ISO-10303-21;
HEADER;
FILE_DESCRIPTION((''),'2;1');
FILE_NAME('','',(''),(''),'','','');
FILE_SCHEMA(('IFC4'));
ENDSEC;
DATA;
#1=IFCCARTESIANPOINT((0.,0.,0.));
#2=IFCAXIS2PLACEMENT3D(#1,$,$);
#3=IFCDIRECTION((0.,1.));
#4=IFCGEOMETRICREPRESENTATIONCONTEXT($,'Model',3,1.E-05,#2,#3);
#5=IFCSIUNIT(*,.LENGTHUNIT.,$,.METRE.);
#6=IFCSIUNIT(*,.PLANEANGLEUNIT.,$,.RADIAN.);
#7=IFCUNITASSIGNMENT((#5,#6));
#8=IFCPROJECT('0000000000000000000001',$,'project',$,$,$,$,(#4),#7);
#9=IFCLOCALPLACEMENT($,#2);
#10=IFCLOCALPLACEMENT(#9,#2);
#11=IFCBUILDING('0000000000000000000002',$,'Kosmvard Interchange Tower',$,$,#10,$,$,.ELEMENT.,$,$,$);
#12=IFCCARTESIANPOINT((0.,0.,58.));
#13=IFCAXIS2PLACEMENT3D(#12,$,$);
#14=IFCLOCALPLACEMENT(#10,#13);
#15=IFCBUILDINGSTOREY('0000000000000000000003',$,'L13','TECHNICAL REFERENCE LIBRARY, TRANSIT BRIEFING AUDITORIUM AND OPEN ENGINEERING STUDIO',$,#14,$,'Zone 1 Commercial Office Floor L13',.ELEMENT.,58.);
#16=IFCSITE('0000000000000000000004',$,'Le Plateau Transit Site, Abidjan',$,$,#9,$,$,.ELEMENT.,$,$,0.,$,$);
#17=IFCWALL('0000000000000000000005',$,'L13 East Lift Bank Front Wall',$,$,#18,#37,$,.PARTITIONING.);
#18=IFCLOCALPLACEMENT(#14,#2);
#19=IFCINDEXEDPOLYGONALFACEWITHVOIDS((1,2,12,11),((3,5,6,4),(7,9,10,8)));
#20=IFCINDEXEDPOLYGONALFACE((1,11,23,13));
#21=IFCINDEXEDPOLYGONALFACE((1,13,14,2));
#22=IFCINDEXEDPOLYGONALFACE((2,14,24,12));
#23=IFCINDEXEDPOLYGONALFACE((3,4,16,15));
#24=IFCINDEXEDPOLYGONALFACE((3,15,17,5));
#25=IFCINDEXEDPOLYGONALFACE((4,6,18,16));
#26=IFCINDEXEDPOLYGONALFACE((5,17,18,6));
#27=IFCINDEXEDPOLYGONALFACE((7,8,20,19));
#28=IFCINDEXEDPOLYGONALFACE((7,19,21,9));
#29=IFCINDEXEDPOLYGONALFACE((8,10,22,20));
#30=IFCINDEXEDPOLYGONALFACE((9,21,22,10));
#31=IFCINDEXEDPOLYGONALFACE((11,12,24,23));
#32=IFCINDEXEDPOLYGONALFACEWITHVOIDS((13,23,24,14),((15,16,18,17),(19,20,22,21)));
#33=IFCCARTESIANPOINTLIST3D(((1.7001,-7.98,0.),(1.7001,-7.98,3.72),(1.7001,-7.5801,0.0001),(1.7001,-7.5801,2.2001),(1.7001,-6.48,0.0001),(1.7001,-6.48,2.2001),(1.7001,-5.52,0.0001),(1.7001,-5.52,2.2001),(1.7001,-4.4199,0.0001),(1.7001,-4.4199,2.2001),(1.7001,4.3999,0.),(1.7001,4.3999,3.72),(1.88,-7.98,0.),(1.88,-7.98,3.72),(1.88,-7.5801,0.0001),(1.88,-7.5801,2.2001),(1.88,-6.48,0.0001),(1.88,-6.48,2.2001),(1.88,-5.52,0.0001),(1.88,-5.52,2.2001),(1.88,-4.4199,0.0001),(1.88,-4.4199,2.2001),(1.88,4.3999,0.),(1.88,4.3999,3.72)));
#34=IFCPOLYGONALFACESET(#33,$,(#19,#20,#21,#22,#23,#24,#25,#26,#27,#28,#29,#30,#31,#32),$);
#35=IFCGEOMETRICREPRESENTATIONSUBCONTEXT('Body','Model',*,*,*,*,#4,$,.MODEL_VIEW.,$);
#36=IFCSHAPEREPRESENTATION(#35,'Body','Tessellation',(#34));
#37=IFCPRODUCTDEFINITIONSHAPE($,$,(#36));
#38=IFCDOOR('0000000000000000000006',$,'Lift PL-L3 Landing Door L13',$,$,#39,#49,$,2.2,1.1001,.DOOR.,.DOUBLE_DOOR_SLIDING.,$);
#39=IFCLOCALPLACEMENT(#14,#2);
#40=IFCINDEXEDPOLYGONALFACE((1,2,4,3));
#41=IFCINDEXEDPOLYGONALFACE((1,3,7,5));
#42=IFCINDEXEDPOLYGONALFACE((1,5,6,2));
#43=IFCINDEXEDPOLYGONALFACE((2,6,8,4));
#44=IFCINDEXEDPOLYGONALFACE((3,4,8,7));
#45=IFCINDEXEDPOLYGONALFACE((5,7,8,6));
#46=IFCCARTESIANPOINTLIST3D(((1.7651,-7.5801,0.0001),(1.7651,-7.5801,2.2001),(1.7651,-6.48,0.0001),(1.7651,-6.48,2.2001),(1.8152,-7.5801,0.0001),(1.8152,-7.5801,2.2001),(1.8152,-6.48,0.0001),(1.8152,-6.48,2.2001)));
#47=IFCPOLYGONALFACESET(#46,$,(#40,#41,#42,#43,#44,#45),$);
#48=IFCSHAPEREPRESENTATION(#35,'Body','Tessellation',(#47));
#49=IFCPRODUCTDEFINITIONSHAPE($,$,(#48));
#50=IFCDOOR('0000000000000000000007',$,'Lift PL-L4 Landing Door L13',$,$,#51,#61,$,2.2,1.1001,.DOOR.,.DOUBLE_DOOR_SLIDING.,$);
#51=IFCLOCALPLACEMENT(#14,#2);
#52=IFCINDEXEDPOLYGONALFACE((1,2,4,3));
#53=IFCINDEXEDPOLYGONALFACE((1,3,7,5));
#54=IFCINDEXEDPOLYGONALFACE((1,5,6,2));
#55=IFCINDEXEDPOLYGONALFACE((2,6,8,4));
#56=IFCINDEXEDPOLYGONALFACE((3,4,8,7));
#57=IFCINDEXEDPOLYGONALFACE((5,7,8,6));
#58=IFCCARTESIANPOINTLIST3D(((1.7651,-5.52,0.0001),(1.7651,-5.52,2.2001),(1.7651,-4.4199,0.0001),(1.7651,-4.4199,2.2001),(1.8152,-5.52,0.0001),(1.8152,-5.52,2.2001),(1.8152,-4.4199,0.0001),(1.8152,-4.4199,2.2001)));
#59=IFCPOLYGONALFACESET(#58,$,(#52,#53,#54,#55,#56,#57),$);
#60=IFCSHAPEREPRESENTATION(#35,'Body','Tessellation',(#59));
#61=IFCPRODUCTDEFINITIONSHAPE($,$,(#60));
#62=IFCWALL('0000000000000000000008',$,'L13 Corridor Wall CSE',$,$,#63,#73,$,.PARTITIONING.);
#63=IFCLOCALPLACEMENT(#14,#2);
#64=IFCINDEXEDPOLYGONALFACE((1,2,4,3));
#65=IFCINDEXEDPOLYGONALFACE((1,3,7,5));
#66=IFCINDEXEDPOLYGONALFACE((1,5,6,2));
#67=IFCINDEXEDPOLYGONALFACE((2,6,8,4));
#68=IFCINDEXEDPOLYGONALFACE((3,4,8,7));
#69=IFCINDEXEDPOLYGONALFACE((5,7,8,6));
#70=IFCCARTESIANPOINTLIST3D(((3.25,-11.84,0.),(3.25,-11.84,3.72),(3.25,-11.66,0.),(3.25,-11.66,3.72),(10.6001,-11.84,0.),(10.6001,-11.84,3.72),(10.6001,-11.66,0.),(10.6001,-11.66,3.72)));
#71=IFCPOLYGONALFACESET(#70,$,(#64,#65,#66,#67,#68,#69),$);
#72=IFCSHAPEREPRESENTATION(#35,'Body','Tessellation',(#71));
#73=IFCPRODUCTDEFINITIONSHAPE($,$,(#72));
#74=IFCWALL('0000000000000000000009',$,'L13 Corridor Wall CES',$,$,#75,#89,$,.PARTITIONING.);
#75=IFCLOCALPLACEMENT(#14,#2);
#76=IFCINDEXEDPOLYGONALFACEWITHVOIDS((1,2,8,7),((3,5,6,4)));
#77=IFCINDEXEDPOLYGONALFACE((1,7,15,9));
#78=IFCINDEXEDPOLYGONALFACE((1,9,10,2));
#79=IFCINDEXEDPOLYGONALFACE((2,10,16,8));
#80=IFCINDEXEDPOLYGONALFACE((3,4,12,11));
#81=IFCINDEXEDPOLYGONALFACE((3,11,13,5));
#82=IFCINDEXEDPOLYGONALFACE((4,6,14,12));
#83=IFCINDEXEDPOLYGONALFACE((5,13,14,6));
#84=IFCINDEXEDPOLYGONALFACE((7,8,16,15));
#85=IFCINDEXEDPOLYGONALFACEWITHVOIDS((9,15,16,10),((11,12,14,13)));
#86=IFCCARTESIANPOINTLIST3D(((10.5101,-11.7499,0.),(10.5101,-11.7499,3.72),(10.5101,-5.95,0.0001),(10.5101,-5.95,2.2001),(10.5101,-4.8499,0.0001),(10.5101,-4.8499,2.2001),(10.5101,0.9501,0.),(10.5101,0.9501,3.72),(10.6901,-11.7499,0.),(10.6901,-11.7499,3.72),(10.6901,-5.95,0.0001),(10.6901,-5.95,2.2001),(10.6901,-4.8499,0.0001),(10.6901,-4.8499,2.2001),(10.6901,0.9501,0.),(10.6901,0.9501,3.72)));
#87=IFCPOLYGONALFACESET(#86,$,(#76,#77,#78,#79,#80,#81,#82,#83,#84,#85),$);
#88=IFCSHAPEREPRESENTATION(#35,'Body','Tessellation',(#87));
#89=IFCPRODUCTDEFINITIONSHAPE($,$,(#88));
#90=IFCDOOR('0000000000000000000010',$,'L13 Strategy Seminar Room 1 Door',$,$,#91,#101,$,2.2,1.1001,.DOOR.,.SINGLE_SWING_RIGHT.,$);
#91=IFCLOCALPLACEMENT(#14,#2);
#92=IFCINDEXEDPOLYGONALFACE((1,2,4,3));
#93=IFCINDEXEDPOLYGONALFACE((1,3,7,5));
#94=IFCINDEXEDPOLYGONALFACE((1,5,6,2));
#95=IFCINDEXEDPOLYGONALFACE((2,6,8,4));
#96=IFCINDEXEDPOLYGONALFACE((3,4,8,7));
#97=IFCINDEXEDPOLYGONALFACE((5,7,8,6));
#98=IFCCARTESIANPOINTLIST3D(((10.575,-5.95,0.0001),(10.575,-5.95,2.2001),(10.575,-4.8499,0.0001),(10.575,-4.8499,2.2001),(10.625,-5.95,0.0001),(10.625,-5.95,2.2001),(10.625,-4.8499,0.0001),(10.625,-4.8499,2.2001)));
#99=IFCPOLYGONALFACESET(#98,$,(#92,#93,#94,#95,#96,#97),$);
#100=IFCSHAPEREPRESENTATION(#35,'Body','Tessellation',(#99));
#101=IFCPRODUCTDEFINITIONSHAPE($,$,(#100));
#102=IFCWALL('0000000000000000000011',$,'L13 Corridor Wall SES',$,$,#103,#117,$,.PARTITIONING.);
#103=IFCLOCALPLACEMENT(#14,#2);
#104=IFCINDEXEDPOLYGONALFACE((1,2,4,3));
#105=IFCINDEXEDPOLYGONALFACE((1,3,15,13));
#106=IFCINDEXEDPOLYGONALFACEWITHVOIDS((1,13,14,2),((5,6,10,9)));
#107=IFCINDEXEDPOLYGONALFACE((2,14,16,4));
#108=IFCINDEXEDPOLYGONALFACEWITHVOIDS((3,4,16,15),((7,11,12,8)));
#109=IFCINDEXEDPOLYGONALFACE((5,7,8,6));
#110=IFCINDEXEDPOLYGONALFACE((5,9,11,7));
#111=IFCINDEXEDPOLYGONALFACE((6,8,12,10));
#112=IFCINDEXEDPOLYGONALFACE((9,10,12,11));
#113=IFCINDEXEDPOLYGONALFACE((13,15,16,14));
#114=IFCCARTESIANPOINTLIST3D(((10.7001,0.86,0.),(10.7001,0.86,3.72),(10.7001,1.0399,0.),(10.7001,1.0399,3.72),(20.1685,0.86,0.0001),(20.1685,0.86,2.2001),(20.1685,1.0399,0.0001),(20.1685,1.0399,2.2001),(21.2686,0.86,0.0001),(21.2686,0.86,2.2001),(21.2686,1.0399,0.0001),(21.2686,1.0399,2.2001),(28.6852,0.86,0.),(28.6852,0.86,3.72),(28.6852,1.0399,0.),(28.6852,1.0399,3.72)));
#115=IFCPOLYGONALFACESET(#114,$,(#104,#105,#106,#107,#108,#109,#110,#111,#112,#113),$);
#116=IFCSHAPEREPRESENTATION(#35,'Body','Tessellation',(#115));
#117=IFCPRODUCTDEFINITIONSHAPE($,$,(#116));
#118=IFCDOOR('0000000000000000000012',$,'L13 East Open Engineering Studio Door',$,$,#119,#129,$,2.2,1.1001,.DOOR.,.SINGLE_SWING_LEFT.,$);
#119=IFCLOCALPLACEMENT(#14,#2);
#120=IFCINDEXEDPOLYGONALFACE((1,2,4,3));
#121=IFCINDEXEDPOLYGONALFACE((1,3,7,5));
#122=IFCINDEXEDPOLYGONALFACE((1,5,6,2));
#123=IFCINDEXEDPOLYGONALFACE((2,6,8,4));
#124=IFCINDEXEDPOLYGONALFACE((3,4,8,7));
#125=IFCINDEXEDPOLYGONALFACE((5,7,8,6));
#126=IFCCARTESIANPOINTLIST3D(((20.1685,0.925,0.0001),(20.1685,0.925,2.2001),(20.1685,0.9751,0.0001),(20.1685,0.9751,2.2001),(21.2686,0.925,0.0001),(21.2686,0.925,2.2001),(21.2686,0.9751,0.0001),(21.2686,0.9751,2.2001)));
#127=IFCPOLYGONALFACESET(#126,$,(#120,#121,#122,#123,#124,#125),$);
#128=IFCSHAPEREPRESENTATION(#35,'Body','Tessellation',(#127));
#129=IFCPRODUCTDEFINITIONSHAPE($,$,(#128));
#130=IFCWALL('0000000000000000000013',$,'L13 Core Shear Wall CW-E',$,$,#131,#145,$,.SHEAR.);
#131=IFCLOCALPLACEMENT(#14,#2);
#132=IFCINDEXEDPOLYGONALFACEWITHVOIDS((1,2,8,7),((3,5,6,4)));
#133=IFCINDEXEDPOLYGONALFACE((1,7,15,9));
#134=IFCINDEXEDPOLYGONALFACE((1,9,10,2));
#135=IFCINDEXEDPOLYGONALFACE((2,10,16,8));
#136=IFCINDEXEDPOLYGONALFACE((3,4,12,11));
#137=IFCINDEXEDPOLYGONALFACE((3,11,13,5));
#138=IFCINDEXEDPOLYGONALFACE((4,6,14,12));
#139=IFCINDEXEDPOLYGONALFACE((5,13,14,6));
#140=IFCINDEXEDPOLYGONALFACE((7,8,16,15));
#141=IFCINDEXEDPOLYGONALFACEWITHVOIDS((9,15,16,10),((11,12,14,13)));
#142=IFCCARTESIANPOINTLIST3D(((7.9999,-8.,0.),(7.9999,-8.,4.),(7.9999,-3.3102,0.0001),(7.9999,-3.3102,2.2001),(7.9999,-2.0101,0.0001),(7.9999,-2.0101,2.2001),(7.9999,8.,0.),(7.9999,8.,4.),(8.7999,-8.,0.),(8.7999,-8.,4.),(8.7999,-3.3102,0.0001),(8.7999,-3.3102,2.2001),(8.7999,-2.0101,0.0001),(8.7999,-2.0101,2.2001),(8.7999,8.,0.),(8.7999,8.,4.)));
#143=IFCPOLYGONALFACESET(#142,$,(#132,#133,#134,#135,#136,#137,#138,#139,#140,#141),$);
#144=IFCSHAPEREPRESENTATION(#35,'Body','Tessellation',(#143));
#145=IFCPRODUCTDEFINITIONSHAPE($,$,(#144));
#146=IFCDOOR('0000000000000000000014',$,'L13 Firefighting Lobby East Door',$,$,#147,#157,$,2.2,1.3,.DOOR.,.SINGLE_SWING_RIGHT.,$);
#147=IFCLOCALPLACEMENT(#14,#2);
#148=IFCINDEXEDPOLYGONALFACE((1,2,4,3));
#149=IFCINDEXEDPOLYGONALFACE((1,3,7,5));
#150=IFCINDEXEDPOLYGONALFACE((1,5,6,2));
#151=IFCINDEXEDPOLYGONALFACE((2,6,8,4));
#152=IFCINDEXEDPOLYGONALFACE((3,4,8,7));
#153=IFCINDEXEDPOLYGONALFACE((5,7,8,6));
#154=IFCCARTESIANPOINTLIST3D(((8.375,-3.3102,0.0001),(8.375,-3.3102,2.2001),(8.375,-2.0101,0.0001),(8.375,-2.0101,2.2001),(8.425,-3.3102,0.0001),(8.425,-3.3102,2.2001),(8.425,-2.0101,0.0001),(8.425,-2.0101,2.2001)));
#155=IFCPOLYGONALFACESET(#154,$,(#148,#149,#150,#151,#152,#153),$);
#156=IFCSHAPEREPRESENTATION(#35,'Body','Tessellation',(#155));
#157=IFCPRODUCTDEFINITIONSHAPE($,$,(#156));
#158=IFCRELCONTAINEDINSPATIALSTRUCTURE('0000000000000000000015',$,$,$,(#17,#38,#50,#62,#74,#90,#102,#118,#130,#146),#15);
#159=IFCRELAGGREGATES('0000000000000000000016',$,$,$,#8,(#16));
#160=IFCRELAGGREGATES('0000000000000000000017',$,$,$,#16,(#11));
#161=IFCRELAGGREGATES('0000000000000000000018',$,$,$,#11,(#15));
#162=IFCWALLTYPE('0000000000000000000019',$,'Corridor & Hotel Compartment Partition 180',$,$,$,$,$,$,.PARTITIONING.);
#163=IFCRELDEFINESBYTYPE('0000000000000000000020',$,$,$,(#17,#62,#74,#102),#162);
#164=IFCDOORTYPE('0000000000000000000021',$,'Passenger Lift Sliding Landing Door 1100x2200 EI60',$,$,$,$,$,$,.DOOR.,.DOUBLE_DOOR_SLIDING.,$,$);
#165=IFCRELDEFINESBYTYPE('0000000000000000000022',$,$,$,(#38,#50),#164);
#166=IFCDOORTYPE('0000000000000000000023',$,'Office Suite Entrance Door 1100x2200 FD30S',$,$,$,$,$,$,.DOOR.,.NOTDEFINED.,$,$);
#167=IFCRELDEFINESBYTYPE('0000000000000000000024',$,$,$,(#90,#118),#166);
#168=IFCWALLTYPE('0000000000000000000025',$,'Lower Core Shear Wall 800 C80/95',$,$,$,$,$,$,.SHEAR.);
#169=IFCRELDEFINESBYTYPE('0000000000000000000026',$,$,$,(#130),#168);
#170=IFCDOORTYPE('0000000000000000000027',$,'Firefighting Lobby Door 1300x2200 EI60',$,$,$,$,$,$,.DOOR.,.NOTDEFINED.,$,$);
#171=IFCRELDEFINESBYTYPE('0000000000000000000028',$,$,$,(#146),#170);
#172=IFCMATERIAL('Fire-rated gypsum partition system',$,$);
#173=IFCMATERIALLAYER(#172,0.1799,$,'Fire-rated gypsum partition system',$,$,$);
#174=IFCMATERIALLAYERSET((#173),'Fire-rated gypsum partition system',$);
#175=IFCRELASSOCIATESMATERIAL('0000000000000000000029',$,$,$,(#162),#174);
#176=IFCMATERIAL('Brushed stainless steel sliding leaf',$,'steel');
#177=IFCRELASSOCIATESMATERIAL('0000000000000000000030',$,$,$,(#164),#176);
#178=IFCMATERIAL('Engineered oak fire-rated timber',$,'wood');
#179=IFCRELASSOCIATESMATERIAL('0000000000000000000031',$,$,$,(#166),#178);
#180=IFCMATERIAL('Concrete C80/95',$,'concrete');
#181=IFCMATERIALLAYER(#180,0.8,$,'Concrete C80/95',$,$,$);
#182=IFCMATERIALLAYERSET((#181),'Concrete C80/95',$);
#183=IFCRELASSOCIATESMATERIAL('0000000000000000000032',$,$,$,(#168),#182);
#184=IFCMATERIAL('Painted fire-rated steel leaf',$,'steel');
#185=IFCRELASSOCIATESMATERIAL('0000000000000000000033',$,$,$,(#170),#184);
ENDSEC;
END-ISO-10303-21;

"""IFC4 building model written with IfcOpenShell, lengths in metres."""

from ifc_helpers import new_model, si_unit, direction, frame, frame_2d, origin, place, context, subcontext, project, spatial, rectangle, extrude, source, transform, mapped, material, layer, layer_set, type_object, element, fill, save


model = new_model("IFC4")

# Units and contexts
model_context = context("Model", 3, precision=1e-05, world=origin(), true_north=direction((0.0, 1.0)))
body_context = subcontext(model_context, "Body", "Model", "MODEL_VIEW")
ifc_project = project(units=[si_unit("LENGTHUNIT", "METRE"), si_unit("PLANEANGLEUNIT", "RADIAN")], contexts=[model_context])

# Site, building, storey
site_placement = place(None, origin())
site = spatial("IfcSite", under=ifc_project, at=site_placement, Name="Le Plateau Transit Site, Abidjan", CompositionType="ELEMENT", RefElevation=0.0)
building_placement = place(site_placement, origin())
building = spatial("IfcBuilding", under=site, at=building_placement, Name="Kosmvard Interchange Tower", CompositionType="ELEMENT")
storey_placement = place(building_placement, frame((0.0, 0.0, 58.0)))
storey = spatial("IfcBuildingStorey", under=building, at=storey_placement, Name="L13", Description="TECHNICAL REFERENCE LIBRARY, TRANSIT BRIEFING AUDITORIUM AND OPEN ENGINEERING STUDIO", LongName="Zone 1 Commercial Office Floor L13", CompositionType="ELEMENT", Elevation=58.0)

# Shared definitions
ifc_material_1 = material(Name="Concrete C80/95", Category="concrete")

# Wall, openings, doors
ifc_material_2 = material(Name="Fire-rated gypsum partition system")
ifc_layer_1 = layer(ifc_material_2, 0.1799, Name="Fire-rated gypsum partition system")
ifc_layer_set_1 = layer_set([ifc_layer_1], Name="Fire-rated gypsum partition system")
wall_type_1 = type_object("IfcWallType", Name="Corridor & Hotel Compartment Partition 180", PredefinedType="PARTITIONING", material=ifc_layer_set_1)
wall_1_placement = place(storey_placement, frame((1.79, -7.98, 0.0), z_axis=(0.0, 0.0, 1.0), x_axis=(0.0, 1.0, 0.0)))
wall_1 = element("IfcWall", 1, at=wall_1_placement, inside=storey, type_object=wall_type_1, Name="L13 East Lift Bank Front Wall", PredefinedType="PARTITIONING", context=body_context, shape_type="SweptSolid", body=[
    extrude(rectangle(XDim=12.3799, YDim=0.1799, at=frame_2d((6.1899, 0.0))), origin(), (0.0, 0.0, 1.0), 3.72),
])
opening_1_placement = place(wall_1_placement, frame((0.3999, 0.0, 0.0)))
opening_1 = element("IfcOpeningElement", 2, at=opening_1_placement, cuts=wall_1, PredefinedType="OPENING", context=body_context, shape_type="SweptSolid", body=[
    extrude(rectangle(XDim=1.1001, YDim=2.2, at=frame_2d((0.55, 1.1001))), frame((0.0, 0.1001, 0.0), z_axis=(0.0, -1.0, 0.0), x_axis=(1.0, 0.0, 0.0)), (0.0, 0.0, 1.0), 0.2),
])
opening_2_placement = place(wall_1_placement, frame((2.46, 0.0, 0.0)))
opening_2 = element("IfcOpeningElement", 3, at=opening_2_placement, cuts=wall_1, PredefinedType="OPENING", context=body_context, shape_type="SweptSolid", body=[
    extrude(rectangle(XDim=1.1001, YDim=2.2, at=frame_2d((0.55, 1.1001))), frame((0.0, 0.1001, 0.0), z_axis=(0.0, -1.0, 0.0), x_axis=(1.0, 0.0, 0.0)), (0.0, 0.0, 1.0), 0.2),
])
ifc_material_3 = material(Name="Brushed stainless steel sliding leaf", Category="steel")
door_type_1 = type_object("IfcDoorType", Name="Passenger Lift Sliding Landing Door 1100x2200 EI60", OperationType="DOUBLE_DOOR_SLIDING", PredefinedType="DOOR", material=ifc_material_3)
shared_shape_1 = source(origin(), body_context, "Body", "SweptSolid", [
    extrude(rectangle(XDim=1.1001, YDim=2.2, at=frame_2d((0.55, 1.1001))), frame((0.0, 0.0249, 0.0), z_axis=(0.0, -1.0, 0.0), x_axis=(1.0, 0.0, 0.0)), (0.0, 0.0, 1.0), 0.05),
])
door_1_placement = place(opening_1_placement, origin())
door_1 = element("IfcDoor", 4, at=door_1_placement, inside=storey, type_object=door_type_1, Name="Lift PL-L3 Landing Door L13", OperationType="DOUBLE_DOOR_SLIDING", OverallHeight=2.2, OverallWidth=1.1001, PredefinedType="DOOR", context=body_context, shape_type="MappedRepresentation", body=[
    mapped(shared_shape_1, transform((0.0, 0.0, 0.0), scale=1.0)),
])
fill(opening_1, door_1)
door_2_placement = place(opening_2_placement, origin())
door_2 = element("IfcDoor", 5, at=door_2_placement, inside=storey, type_object=door_type_1, Name="Lift PL-L4 Landing Door L13", OperationType="DOUBLE_DOOR_SLIDING", OverallHeight=2.2, OverallWidth=1.1001, PredefinedType="DOOR", context=body_context, shape_type="MappedRepresentation", body=[
    mapped(shared_shape_1, transform((0.0, 0.0, 0.0), scale=1.0)),
])
fill(opening_2, door_2)

# Wall
wall_2_placement = place(storey_placement, frame((3.25, -11.75, 0.0), z_axis=(0.0, 0.0, 1.0), x_axis=(1.0, 0.0, 0.0)))
element("IfcWall", 6, at=wall_2_placement, inside=storey, type_object=wall_type_1, Name="L13 Corridor Wall CSE", PredefinedType="PARTITIONING", context=body_context, shape_type="SweptSolid", body=[
    extrude(rectangle(XDim=7.3501, YDim=0.1799, at=frame_2d((3.675, 0.0))), origin(), (0.0, 0.0, 1.0), 3.72),
])

# Walls, openings, doors
wall_3_placement = place(storey_placement, frame((10.6001, -11.75, 0.0), z_axis=(0.0, 0.0, 1.0), x_axis=(0.0, 1.0, 0.0)))
wall_3 = element("IfcWall", 7, at=wall_3_placement, inside=storey, type_object=wall_type_1, Name="L13 Corridor Wall CES", PredefinedType="PARTITIONING", context=body_context, shape_type="SweptSolid", body=[
    extrude(rectangle(XDim=12.7, YDim=0.1799, at=frame_2d((6.3501, 0.0))), origin(), (0.0, 0.0, 1.0), 3.72),
])
opening_3_placement = place(wall_3_placement, frame((5.8, 0.0, 0.0)))
opening_3 = element("IfcOpeningElement", 8, at=opening_3_placement, cuts=wall_3, PredefinedType="OPENING", context=body_context, shape_type="SweptSolid", body=[
    extrude(rectangle(XDim=1.1001, YDim=2.2, at=frame_2d((0.55, 1.1001))), frame((0.0, 0.1001, 0.0), z_axis=(0.0, -1.0, 0.0), x_axis=(1.0, 0.0, 0.0)), (0.0, 0.0, 1.0), 0.2),
])
ifc_material_4 = material(Name="Engineered oak fire-rated timber", Category="wood")
door_type_2 = type_object("IfcDoorType", Name="Office Suite Entrance Door 1100x2200 FD30S", OperationType="NOTDEFINED", PredefinedType="DOOR", material=ifc_material_4)
door_3_placement = place(opening_3_placement, frame((1.1001, 0.0, 0.0), z_axis=(0.0, 0.0, 1.0), x_axis=(-1.0, 0.0, 0.0)))
door_3 = element("IfcDoor", 9, at=door_3_placement, inside=storey, type_object=door_type_2, Name="L13 Strategy Seminar Room 1 Door", OperationType="SINGLE_SWING_RIGHT", OverallHeight=2.2, OverallWidth=1.1001, PredefinedType="DOOR", context=body_context, shape_type="MappedRepresentation", body=[
    mapped(shared_shape_1, transform((0.0, 0.0, 0.0), scale=1.0)),
])
fill(opening_3, door_3)
wall_4_placement = place(storey_placement, frame((10.7, 0.95, 0.0), z_axis=(0.0, 0.0, 1.0), x_axis=(1.0, 0.0, 0.0)))
wall_4 = element("IfcWall", 10, at=wall_4_placement, inside=storey, type_object=wall_type_1, Name="L13 Corridor Wall SES", PredefinedType="PARTITIONING", context=body_context, shape_type="SweptSolid", body=[
    extrude(rectangle(XDim=17.9851, YDim=0.1799, at=frame_2d((8.9927, 0.0))), origin(), (0.0, 0.0, 1.0), 3.72),
])
opening_4_placement = place(wall_4_placement, frame((9.4685, 0.0, 0.0)))
opening_4 = element("IfcOpeningElement", 11, at=opening_4_placement, cuts=wall_4, PredefinedType="OPENING", context=body_context, shape_type="SweptSolid", body=[
    extrude(rectangle(XDim=1.1001, YDim=2.2, at=frame_2d((0.55, 1.1001))), frame((0.0, 0.1001, 0.0), z_axis=(0.0, -1.0, 0.0), x_axis=(1.0, 0.0, 0.0)), (0.0, 0.0, 1.0), 0.2),
])
door_4_placement = place(opening_4_placement, frame((1.1001, 0.0, 0.0), z_axis=(0.0, 0.0, 1.0), x_axis=(-1.0, 0.0, 0.0)))
door_4 = element("IfcDoor", 12, at=door_4_placement, inside=storey, type_object=door_type_2, Name="L13 East Open Engineering Studio Door", OperationType="SINGLE_SWING_LEFT", OverallHeight=2.2, OverallWidth=1.1001, PredefinedType="DOOR", context=body_context, shape_type="MappedRepresentation", body=[
    mapped(shared_shape_1, transform((0.0, 0.0, 0.0), scale=1.0)),
])
fill(opening_4, door_4)
ifc_layer_2 = layer(ifc_material_1, 0.8, Name="Concrete C80/95")
ifc_layer_set_2 = layer_set([ifc_layer_2], Name="Concrete C80/95")
wall_type_2 = type_object("IfcWallType", Name="Lower Core Shear Wall 800 C80/95", PredefinedType="SHEAR", material=ifc_layer_set_2)
wall_5_placement = place(storey_placement, frame((8.3999, -8.0, 0.0), z_axis=(0.0, 0.0, 1.0), x_axis=(0.0, 1.0, 0.0)))
wall_5 = element("IfcWall", 13, at=wall_5_placement, inside=storey, type_object=wall_type_2, Name="L13 Core Shear Wall CW-E", PredefinedType="SHEAR", context=body_context, shape_type="SweptSolid", body=[
    extrude(rectangle(XDim=16.0, YDim=0.8, at=frame_2d((8.0, 0.0))), origin(), (0.0, 0.0, 1.0), 4.0),
])
opening_5_placement = place(wall_5_placement, frame((4.6899, 0.0, 0.0)))
opening_5 = element("IfcOpeningElement", 14, at=opening_5_placement, cuts=wall_5, PredefinedType="OPENING", context=body_context, shape_type="SweptSolid", body=[
    extrude(rectangle(XDim=1.3, YDim=2.2, at=frame_2d((0.6499, 1.1001))), frame((0.0, 0.4102, 0.0), z_axis=(0.0, -1.0, 0.0), x_axis=(1.0, 0.0, 0.0)), (0.0, 0.0, 1.0), 0.8201),
])
ifc_material_5 = material(Name="Painted fire-rated steel leaf", Category="steel")
door_type_3 = type_object("IfcDoorType", Name="Firefighting Lobby Door 1300x2200 EI60", OperationType="NOTDEFINED", PredefinedType="DOOR", material=ifc_material_5)
shared_shape_2 = source(origin(), body_context, "Body", "SweptSolid", [
    extrude(rectangle(XDim=1.3, YDim=2.2, at=frame_2d((0.6499, 1.1001))), frame((0.0, 0.0249, 0.0), z_axis=(0.0, -1.0, 0.0), x_axis=(1.0, 0.0, 0.0)), (0.0, 0.0, 1.0), 0.05),
])
door_5_placement = place(opening_5_placement, origin())
door_5 = element("IfcDoor", 15, at=door_5_placement, inside=storey, type_object=door_type_3, Name="L13 Firefighting Lobby East Door", OperationType="SINGLE_SWING_RIGHT", OverallHeight=2.2, OverallWidth=1.3, PredefinedType="DOOR", context=body_context, shape_type="MappedRepresentation", body=[
    mapped(shared_shape_2, transform((0.0, 0.0, 0.0), scale=1.0)),
])
fill(opening_5, door_5)

save(model, "model.ifc")
